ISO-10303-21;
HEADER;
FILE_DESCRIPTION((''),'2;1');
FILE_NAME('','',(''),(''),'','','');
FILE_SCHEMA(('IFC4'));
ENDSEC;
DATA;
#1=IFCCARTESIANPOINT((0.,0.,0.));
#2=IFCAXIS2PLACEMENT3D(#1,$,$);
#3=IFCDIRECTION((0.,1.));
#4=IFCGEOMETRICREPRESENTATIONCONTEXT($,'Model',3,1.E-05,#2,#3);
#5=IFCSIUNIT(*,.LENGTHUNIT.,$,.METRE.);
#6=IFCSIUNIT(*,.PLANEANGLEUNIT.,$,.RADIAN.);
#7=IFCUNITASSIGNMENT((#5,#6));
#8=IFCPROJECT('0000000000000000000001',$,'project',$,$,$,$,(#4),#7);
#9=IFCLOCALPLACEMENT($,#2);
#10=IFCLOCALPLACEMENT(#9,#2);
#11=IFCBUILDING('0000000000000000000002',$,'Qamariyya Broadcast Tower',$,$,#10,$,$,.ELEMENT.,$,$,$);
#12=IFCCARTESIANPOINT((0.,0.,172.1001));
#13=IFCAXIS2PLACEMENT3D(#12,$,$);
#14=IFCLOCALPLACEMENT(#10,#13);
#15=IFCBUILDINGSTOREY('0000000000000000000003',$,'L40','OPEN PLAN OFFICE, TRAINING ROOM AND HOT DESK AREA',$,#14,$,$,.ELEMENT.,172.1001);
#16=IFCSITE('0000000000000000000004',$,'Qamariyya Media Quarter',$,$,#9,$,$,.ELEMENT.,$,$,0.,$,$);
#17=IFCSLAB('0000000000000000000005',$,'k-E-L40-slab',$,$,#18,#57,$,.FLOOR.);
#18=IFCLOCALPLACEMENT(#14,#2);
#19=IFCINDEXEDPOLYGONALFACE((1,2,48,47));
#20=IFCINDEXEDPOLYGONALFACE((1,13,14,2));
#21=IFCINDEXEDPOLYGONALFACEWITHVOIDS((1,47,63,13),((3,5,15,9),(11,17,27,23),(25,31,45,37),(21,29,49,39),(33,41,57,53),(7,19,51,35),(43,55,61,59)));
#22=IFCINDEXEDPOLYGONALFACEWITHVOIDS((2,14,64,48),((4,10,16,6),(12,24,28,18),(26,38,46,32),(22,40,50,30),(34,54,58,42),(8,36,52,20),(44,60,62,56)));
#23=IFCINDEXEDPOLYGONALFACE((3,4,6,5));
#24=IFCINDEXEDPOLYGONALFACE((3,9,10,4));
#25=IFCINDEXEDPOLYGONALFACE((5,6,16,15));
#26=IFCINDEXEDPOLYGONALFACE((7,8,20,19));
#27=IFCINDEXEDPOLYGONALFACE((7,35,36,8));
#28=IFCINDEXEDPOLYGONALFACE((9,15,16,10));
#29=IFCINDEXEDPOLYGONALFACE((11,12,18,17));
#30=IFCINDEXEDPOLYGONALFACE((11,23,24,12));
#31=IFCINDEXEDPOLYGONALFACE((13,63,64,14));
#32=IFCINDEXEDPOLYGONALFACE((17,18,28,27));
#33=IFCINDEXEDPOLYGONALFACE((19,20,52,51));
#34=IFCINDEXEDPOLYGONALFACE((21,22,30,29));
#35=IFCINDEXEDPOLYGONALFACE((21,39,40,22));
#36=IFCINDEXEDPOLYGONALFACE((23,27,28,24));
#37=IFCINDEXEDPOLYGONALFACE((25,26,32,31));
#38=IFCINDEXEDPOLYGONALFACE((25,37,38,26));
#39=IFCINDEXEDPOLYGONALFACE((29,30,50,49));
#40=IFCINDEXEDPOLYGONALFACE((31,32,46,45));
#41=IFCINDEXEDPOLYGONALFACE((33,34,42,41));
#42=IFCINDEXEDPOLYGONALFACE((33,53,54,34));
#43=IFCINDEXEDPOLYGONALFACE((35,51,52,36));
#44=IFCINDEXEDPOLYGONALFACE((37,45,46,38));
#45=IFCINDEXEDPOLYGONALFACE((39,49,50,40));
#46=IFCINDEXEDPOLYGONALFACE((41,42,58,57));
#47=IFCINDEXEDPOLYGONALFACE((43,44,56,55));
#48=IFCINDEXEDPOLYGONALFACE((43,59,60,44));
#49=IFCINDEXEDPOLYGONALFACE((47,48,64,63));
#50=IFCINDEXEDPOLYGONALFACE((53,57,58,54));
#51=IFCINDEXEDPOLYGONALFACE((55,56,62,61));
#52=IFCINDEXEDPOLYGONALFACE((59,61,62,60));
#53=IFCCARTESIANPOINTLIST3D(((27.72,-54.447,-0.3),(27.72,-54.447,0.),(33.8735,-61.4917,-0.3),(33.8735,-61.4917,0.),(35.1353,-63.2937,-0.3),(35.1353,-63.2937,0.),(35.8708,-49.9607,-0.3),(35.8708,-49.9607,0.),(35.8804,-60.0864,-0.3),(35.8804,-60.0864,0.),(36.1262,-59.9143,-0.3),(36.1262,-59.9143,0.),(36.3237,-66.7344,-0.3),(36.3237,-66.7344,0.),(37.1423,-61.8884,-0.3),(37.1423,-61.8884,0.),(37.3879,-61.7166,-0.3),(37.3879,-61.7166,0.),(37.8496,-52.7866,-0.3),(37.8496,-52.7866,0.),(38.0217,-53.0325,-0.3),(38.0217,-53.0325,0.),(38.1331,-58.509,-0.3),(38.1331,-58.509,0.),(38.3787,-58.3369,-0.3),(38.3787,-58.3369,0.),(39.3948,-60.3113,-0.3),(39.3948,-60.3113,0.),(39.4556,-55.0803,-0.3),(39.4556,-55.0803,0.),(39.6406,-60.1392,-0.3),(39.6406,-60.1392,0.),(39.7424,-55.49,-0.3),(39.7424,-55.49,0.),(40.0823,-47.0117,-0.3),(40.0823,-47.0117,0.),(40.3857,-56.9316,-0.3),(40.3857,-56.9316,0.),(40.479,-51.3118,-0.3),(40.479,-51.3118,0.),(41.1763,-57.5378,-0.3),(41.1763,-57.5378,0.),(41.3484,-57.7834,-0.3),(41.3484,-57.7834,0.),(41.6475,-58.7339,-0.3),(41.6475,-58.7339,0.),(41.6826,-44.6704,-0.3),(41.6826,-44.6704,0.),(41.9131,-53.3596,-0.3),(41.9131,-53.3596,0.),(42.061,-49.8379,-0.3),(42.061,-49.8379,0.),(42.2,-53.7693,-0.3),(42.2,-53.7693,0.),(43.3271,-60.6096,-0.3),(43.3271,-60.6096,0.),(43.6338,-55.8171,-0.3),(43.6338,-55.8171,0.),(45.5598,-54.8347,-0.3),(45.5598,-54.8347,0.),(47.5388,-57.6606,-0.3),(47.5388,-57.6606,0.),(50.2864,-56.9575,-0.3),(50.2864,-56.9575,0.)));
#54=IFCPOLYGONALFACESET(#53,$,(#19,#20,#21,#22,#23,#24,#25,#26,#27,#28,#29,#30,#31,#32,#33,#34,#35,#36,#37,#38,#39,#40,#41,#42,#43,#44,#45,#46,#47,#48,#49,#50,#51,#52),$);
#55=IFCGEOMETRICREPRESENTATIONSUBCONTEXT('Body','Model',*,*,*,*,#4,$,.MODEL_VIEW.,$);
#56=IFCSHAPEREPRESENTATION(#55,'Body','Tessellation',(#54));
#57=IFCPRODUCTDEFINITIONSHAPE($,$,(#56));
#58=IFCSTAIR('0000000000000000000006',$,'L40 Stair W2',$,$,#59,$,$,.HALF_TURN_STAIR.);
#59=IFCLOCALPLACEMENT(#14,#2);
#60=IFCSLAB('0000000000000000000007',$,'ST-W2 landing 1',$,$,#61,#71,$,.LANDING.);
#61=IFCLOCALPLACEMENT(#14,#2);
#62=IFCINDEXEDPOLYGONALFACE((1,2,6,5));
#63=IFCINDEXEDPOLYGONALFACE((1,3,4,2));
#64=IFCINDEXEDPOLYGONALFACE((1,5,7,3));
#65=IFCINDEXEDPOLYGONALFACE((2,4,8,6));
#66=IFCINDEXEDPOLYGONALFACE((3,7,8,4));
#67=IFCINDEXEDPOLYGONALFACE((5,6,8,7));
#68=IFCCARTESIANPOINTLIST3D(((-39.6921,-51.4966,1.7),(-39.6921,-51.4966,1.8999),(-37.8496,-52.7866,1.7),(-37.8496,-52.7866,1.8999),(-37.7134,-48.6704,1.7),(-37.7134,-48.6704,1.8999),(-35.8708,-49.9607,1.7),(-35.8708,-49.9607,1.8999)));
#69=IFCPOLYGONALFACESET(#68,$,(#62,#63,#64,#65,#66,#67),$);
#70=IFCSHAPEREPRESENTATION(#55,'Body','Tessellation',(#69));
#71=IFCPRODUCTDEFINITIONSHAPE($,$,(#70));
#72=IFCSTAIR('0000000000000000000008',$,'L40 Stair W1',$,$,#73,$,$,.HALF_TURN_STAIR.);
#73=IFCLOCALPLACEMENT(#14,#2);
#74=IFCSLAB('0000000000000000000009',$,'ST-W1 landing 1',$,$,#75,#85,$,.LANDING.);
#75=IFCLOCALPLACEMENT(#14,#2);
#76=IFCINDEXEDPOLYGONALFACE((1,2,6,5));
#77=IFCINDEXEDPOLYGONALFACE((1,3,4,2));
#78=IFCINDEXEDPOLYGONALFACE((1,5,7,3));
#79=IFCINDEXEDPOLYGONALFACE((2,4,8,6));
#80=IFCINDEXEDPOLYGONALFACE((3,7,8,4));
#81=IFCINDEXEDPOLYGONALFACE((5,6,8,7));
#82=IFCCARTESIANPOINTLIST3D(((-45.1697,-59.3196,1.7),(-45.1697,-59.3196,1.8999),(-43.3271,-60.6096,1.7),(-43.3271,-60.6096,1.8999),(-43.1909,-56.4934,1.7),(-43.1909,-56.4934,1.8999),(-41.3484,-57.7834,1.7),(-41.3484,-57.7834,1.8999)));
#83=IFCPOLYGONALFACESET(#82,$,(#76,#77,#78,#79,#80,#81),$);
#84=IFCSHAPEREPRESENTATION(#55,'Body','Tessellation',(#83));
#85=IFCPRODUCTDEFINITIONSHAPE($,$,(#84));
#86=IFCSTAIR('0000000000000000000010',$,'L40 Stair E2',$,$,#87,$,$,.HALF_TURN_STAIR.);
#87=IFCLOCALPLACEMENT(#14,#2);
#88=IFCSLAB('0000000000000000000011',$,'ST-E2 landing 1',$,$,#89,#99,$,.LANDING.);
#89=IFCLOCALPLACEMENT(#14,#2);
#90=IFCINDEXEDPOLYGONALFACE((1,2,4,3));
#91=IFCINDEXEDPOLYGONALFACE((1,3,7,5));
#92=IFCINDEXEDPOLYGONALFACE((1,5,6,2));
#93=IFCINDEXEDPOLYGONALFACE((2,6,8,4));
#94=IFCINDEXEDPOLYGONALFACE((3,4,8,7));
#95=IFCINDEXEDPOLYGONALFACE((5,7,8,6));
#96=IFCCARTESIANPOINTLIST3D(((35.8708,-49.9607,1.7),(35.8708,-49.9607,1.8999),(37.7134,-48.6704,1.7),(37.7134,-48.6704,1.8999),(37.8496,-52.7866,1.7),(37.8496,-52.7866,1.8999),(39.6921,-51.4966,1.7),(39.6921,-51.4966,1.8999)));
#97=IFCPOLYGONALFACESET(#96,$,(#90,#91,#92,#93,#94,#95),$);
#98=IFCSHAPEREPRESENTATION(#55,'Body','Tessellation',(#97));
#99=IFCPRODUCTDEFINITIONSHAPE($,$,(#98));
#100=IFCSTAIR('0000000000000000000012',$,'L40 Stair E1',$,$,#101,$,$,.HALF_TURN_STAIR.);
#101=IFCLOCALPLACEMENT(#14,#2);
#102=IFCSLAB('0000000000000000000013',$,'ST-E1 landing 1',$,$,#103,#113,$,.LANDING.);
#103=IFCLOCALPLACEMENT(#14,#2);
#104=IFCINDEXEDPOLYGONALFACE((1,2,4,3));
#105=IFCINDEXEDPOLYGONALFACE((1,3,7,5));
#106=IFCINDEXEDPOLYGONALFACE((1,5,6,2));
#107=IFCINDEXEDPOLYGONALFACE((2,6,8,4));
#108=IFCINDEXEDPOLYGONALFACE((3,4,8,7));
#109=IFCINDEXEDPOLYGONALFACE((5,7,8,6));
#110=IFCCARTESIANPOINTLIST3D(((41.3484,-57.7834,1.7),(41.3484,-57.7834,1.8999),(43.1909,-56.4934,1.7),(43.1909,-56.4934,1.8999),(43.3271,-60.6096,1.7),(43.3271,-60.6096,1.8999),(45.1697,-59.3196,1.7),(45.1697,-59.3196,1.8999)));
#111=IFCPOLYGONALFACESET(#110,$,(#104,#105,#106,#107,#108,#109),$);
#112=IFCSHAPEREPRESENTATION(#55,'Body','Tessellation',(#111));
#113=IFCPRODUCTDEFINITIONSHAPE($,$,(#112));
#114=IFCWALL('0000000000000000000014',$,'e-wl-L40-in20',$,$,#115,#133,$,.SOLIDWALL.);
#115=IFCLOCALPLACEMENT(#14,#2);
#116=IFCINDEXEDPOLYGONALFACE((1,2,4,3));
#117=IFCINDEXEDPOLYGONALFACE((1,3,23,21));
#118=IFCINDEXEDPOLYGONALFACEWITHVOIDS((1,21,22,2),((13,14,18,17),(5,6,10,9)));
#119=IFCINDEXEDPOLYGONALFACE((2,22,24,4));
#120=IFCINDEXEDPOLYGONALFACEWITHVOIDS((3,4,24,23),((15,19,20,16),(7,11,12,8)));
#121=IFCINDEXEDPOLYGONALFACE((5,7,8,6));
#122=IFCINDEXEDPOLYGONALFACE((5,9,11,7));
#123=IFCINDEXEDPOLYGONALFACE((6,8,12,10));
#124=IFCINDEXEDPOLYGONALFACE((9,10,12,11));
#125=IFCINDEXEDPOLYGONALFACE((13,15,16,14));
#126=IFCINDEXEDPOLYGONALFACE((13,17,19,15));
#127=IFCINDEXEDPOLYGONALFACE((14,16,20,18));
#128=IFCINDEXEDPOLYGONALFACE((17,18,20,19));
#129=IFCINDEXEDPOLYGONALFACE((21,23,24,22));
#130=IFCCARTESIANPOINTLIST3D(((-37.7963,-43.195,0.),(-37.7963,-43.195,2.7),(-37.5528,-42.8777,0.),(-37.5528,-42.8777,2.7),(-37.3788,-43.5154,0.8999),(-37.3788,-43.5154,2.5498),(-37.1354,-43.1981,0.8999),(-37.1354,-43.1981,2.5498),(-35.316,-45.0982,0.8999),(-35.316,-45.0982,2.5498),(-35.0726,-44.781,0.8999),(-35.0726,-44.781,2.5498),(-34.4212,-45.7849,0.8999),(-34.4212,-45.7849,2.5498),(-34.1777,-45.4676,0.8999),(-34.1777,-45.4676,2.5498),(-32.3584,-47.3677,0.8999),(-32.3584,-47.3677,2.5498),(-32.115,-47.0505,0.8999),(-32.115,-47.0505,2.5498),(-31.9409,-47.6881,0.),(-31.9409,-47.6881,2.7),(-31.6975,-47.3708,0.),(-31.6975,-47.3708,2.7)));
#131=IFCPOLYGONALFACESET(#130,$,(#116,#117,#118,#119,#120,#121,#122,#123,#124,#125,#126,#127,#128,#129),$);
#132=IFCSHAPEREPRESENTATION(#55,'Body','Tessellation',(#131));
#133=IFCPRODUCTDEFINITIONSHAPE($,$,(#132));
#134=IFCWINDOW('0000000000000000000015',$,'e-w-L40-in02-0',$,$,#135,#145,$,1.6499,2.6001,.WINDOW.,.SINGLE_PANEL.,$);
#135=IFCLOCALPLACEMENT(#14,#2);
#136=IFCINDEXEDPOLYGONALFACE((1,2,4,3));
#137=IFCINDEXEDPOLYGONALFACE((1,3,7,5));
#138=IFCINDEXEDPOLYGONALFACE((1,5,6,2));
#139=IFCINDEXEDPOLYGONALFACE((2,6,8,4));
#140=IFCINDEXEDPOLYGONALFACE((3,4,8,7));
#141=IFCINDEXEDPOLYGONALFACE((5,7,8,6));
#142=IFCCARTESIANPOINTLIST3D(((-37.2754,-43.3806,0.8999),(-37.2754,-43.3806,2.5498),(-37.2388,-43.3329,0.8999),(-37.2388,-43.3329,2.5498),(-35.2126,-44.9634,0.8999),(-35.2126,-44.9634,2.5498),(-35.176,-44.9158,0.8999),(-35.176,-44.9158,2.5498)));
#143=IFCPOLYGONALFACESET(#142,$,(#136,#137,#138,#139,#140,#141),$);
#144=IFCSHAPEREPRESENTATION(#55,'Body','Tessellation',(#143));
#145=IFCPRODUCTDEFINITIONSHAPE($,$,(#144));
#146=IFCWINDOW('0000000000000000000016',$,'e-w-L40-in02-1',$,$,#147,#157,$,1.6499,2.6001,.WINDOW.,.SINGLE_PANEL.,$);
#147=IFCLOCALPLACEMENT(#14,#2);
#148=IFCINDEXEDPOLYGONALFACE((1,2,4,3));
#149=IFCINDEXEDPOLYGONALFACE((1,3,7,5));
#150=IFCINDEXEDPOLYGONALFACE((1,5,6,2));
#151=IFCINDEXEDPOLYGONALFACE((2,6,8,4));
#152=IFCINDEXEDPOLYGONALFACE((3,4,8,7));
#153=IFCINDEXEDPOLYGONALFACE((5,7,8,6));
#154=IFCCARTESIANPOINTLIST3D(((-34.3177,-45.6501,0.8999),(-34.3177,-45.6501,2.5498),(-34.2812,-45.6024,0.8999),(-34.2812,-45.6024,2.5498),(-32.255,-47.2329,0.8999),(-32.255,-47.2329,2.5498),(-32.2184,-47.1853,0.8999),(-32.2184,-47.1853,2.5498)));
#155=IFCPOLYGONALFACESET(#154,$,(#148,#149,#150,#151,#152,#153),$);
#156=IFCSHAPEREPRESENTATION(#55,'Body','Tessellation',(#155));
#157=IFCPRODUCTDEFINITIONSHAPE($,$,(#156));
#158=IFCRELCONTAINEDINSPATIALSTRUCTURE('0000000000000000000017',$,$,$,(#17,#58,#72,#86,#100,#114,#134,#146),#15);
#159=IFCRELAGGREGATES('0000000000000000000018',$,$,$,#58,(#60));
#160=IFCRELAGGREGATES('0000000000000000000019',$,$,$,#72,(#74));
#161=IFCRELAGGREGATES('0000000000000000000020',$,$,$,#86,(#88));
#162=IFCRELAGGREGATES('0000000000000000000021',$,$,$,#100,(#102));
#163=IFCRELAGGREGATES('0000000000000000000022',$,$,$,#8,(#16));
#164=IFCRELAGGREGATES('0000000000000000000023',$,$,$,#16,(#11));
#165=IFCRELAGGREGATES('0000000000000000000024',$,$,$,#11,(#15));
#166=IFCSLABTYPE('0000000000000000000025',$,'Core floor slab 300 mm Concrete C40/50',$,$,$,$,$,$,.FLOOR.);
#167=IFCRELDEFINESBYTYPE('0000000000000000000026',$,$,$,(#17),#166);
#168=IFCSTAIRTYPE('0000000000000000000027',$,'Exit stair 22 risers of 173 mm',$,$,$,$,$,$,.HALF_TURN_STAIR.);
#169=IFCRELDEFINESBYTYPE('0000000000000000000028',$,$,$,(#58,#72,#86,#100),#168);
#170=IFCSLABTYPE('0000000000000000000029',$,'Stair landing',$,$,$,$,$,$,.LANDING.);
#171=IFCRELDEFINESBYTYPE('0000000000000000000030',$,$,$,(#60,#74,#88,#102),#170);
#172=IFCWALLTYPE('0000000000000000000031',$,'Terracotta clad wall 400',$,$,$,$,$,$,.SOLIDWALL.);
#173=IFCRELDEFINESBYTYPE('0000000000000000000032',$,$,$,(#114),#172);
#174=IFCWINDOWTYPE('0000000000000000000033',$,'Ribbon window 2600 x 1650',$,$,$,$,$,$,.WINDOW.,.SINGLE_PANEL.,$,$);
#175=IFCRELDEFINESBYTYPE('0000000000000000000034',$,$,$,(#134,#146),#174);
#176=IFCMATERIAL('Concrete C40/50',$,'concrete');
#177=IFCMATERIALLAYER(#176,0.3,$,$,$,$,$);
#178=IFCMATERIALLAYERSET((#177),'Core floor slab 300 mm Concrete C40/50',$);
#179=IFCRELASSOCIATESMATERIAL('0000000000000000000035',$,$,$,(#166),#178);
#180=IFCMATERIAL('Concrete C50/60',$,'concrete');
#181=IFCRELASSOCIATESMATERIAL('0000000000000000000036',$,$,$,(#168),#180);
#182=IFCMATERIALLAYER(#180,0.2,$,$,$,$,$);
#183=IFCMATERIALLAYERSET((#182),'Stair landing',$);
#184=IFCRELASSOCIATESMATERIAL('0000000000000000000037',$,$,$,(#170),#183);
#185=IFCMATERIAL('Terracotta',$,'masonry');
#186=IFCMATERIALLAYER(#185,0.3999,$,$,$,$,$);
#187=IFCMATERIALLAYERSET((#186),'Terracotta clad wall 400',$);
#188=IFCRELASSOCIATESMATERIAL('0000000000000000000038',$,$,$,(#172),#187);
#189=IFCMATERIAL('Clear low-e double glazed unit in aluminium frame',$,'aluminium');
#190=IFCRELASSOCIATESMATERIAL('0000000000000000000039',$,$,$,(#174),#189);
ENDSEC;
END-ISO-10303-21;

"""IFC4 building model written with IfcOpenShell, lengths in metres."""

from ifc_helpers import new_model, si_unit, direction, frame, frame_2d, origin, place, context, subcontext, project, spatial, polyline, rectangle, outline, extrude, material, layer, layer_set, type_object, element, fill, aggregate, save


model = new_model("IFC4")

# Units and contexts
model_context = context("Model", 3, precision=1e-05, world=origin(), true_north=direction((0.0, 1.0)))
body_context = subcontext(model_context, "Body", "Model", "MODEL_VIEW")
ifc_project = project(units=[si_unit("LENGTHUNIT", "METRE"), si_unit("PLANEANGLEUNIT", "RADIAN")], contexts=[model_context])

# Site, building, storey
site_placement = place(None, origin())
building_placement = place(site_placement, origin())
storey_placement = place(building_placement, frame((0.0, 0.0, 172.1001)))
site = spatial("IfcSite", under=ifc_project, at=site_placement, Name="Qamariyya Media Quarter", CompositionType="ELEMENT", RefElevation=0.0)
building = spatial("IfcBuilding", under=site, at=building_placement, Name="Qamariyya Broadcast Tower", CompositionType="ELEMENT")
storey = spatial("IfcBuildingStorey", under=building, at=storey_placement, Name="L40", Description="OPEN PLAN OFFICE, TRAINING ROOM AND HOT DESK AREA", CompositionType="ELEMENT", Elevation=172.1001)

# Slab
ifc_material_1 = material(Name="Concrete C40/50", Category="concrete")
ifc_layer_1 = layer(ifc_material_1, 0.3)
ifc_layer_set_1 = layer_set([ifc_layer_1], Name="Core floor slab 300 mm Concrete C40/50")
slab_type_1 = type_object("IfcSlabType", Name="Core floor slab 300 mm Concrete C40/50", PredefinedType="FLOOR", material=ifc_layer_set_1)
slab_1_placement = place(storey_placement, frame((0.0, 0.0, -0.3)))
element("IfcSlab", 1, at=slab_1_placement, inside=storey, type_object=slab_type_1, Name="k-E-L40-slab", PredefinedType="FLOOR", context=body_context, shape_type="SweptSolid", body=[
    extrude(outline(polyline([(36.3237, -66.7344), (50.2864, -56.9575), (41.6826, -44.6704), (27.72, -54.447), (36.3237, -66.7344)]), holes=[polyline([(33.8735, -61.4917), (35.8804, -60.0864), (37.1423, -61.8884), (35.1353, -63.2937), (33.8735, -61.4917)]), polyline([(36.1262, -59.9143), (38.1331, -58.509), (39.3948, -60.3113), (37.3879, -61.7166), (36.1262, -59.9143)]), polyline([(38.3787, -58.3369), (40.3857, -56.9316), (41.6475, -58.7339), (39.6406, -60.1392), (38.3787, -58.3369)]), polyline([(39.7424, -55.49), (42.2, -53.7693), (43.6338, -55.8171), (41.1763, -57.5378), (39.7424, -55.49)]), polyline([(39.4556, -55.0803), (41.9131, -53.3596), (40.479, -51.3118), (38.0217, -53.0325), (39.4556, -55.0803)]), polyline([(40.0823, -47.0117), (35.8708, -49.9607), (37.8496, -52.7866), (42.061, -49.8379), (40.0823, -47.0117)]), polyline([(45.5598, -54.8347), (41.3484, -57.7834), (43.3271, -60.6096), (47.5388, -57.6606), (45.5598, -54.8347)])]), origin(), (0.0, 0.0, 1.0), 0.3),
])

# Stairs, slabs
ifc_material_2 = material(Name="Concrete C50/60", Category="concrete")
stair_type = type_object("IfcStairType", Name="Exit stair 22 risers of 173 mm", PredefinedType="HALF_TURN_STAIR", material=ifc_material_2)
stair_1_placement = place(storey_placement, origin())
stair_1 = element("IfcStair", 2, at=stair_1_placement, inside=storey, type_object=stair_type, Name="L40 Stair W2", PredefinedType="HALF_TURN_STAIR")
ifc_layer_2 = layer(ifc_material_2, 0.2)
ifc_layer_set_2 = layer_set([ifc_layer_2], Name="Stair landing")
slab_type_2 = type_object("IfcSlabType", Name="Stair landing", PredefinedType="LANDING", material=ifc_layer_set_2)
slab_2_placement = place(storey_placement, frame((0.0, 0.0, 1.7)))
slab_2 = element("IfcSlab", 3, at=slab_2_placement, type_object=slab_type_2, Name="ST-W2 landing 1", PredefinedType="LANDING", context=body_context, shape_type="SweptSolid", body=[
    extrude(outline(polyline([(-39.6921, -51.4966), (-37.8496, -52.7866), (-35.8708, -49.9607), (-37.7134, -48.6704), (-39.6921, -51.4966)])), origin(), (0.0, 0.0, 1.0), 0.2),
])
aggregate(stair_1, [slab_2])
stair_2_placement = place(storey_placement, origin())
stair_2 = element("IfcStair", 4, at=stair_2_placement, inside=storey, type_object=stair_type, Name="L40 Stair W1", PredefinedType="HALF_TURN_STAIR")
slab_3_placement = place(storey_placement, frame((0.0, 0.0, 1.7)))
slab_3 = element("IfcSlab", 5, at=slab_3_placement, type_object=slab_type_2, Name="ST-W1 landing 1", PredefinedType="LANDING", context=body_context, shape_type="SweptSolid", body=[
    extrude(outline(polyline([(-45.1697, -59.3196), (-43.3271, -60.6096), (-41.3484, -57.7834), (-43.1909, -56.4934), (-45.1697, -59.3196)])), origin(), (0.0, 0.0, 1.0), 0.2),
])
aggregate(stair_2, [slab_3])
stair_3_placement = place(storey_placement, origin())
stair_3 = element("IfcStair", 6, at=stair_3_placement, inside=storey, type_object=stair_type, Name="L40 Stair E2", PredefinedType="HALF_TURN_STAIR")
slab_4_placement = place(storey_placement, frame((0.0, 0.0, 1.7)))
slab_4 = element("IfcSlab", 7, at=slab_4_placement, type_object=slab_type_2, Name="ST-E2 landing 1", PredefinedType="LANDING", context=body_context, shape_type="SweptSolid", body=[
    extrude(outline(polyline([(37.7134, -48.6704), (35.8708, -49.9607), (37.8496, -52.7866), (39.6921, -51.4966), (37.7134, -48.6704)])), origin(), (0.0, 0.0, 1.0), 0.2),
])
aggregate(stair_3, [slab_4])
stair_4_placement = place(storey_placement, origin())
stair_4 = element("IfcStair", 8, at=stair_4_placement, inside=storey, type_object=stair_type, Name="L40 Stair E1", PredefinedType="HALF_TURN_STAIR")
slab_5_placement = place(storey_placement, frame((0.0, 0.0, 1.7)))
slab_5 = element("IfcSlab", 9, at=slab_5_placement, type_object=slab_type_2, Name="ST-E1 landing 1", PredefinedType="LANDING", context=body_context, shape_type="SweptSolid", body=[
    extrude(outline(polyline([(43.1909, -56.4934), (41.3484, -57.7834), (43.3271, -60.6096), (45.1697, -59.3196), (43.1909, -56.4934)])), origin(), (0.0, 0.0, 1.0), 0.2),
])
aggregate(stair_4, [slab_5])

# Wall, openings, windows
ifc_material_3 = material(Name="Terracotta", Category="masonry")
ifc_layer_3 = layer(ifc_material_3, 0.3999)
ifc_layer_set_3 = layer_set([ifc_layer_3], Name="Terracotta clad wall 400")
wall_type = type_object("IfcWallType", Name="Terracotta clad wall 400", PredefinedType="SOLIDWALL", material=ifc_layer_set_3)
wall_placement = place(storey_placement, frame((-31.8191, -47.5295, 0.0), z_axis=(0.0, 0.0, 1.0), x_axis=(-0.793346, 0.60877, 0.0)))
wall = element("IfcWall", 10, at=wall_placement, inside=storey, type_object=wall_type, Name="e-wl-L40-in20", PredefinedType="SOLIDWALL", context=body_context, shape_type="SweptSolid", body=[
    extrude(rectangle(XDim=7.3806, YDim=0.3999, at=frame_2d((3.6904, 0.0))), origin(), (0.0, 0.0, 1.0), 2.7),
])
opening_1_placement = place(wall_placement, frame((4.2544, 0.0, 0.8999)))
opening_1 = element("IfcOpeningElement", 11, at=opening_1_placement, cuts=wall, PredefinedType="OPENING", context=body_context, shape_type="SweptSolid", body=[
    extrude(rectangle(XDim=2.6001, YDim=1.6499, at=frame_2d((1.3, 0.825))), frame((0.0, 0.21, 0.0), z_axis=(0.0, -1.0, 0.0), x_axis=(1.0, 0.0, 0.0)), (0.0, 0.0, 1.0), 0.4199),
])
opening_2_placement = place(wall_placement, frame((0.5264, 0.0, 0.8999)))
opening_2 = element("IfcOpeningElement", 12, at=opening_2_placement, cuts=wall, PredefinedType="OPENING", context=body_context, shape_type="SweptSolid", body=[
    extrude(rectangle(XDim=2.6001, YDim=1.6499, at=frame_2d((1.3, 0.825))), frame((0.0, 0.21, 0.0), z_axis=(0.0, -1.0, 0.0), x_axis=(1.0, 0.0, 0.0)), (0.0, 0.0, 1.0), 0.4199),
])
ifc_material_4 = material(Name="Clear low-e double glazed unit in aluminium frame", Category="aluminium")
window_type = type_object("IfcWindowType", Name="Ribbon window 2600 x 1650", PartitioningType="SINGLE_PANEL", PredefinedType="WINDOW", material=ifc_material_4)
window_1_placement = place(opening_1_placement, origin())
window_1 = element("IfcWindow", 13, at=window_1_placement, inside=storey, type_object=window_type, Name="e-w-L40-in02-0", OverallHeight=1.6499, OverallWidth=2.6001, PartitioningType="SINGLE_PANEL", PredefinedType="WINDOW", context=body_context, shape_type="SweptSolid", body=[
    extrude(rectangle(XDim=2.6001, YDim=1.6499, at=frame_2d((1.3, 0.825))), frame((0.0, 0.03, 0.0), z_axis=(0.0, -1.0, 0.0), x_axis=(1.0, 0.0, 0.0)), (0.0, 0.0, 1.0), 0.0601),
])
fill(opening_1, window_1)
window_2_placement = place(opening_2_placement, origin())
window_2 = element("IfcWindow", 14, at=window_2_placement, inside=storey, type_object=window_type, Name="e-w-L40-in02-1", OverallHeight=1.6499, OverallWidth=2.6001, PartitioningType="SINGLE_PANEL", PredefinedType="WINDOW", context=body_context, shape_type="SweptSolid", body=[
    extrude(rectangle(XDim=2.6001, YDim=1.6499, at=frame_2d((1.3, 0.825))), frame((0.0, 0.03, 0.0), z_axis=(0.0, -1.0, 0.0), x_axis=(1.0, 0.0, 0.0)), (0.0, 0.0, 1.0), 0.0601),
])
fill(opening_2, window_2)

save(model, "model.ifc")
